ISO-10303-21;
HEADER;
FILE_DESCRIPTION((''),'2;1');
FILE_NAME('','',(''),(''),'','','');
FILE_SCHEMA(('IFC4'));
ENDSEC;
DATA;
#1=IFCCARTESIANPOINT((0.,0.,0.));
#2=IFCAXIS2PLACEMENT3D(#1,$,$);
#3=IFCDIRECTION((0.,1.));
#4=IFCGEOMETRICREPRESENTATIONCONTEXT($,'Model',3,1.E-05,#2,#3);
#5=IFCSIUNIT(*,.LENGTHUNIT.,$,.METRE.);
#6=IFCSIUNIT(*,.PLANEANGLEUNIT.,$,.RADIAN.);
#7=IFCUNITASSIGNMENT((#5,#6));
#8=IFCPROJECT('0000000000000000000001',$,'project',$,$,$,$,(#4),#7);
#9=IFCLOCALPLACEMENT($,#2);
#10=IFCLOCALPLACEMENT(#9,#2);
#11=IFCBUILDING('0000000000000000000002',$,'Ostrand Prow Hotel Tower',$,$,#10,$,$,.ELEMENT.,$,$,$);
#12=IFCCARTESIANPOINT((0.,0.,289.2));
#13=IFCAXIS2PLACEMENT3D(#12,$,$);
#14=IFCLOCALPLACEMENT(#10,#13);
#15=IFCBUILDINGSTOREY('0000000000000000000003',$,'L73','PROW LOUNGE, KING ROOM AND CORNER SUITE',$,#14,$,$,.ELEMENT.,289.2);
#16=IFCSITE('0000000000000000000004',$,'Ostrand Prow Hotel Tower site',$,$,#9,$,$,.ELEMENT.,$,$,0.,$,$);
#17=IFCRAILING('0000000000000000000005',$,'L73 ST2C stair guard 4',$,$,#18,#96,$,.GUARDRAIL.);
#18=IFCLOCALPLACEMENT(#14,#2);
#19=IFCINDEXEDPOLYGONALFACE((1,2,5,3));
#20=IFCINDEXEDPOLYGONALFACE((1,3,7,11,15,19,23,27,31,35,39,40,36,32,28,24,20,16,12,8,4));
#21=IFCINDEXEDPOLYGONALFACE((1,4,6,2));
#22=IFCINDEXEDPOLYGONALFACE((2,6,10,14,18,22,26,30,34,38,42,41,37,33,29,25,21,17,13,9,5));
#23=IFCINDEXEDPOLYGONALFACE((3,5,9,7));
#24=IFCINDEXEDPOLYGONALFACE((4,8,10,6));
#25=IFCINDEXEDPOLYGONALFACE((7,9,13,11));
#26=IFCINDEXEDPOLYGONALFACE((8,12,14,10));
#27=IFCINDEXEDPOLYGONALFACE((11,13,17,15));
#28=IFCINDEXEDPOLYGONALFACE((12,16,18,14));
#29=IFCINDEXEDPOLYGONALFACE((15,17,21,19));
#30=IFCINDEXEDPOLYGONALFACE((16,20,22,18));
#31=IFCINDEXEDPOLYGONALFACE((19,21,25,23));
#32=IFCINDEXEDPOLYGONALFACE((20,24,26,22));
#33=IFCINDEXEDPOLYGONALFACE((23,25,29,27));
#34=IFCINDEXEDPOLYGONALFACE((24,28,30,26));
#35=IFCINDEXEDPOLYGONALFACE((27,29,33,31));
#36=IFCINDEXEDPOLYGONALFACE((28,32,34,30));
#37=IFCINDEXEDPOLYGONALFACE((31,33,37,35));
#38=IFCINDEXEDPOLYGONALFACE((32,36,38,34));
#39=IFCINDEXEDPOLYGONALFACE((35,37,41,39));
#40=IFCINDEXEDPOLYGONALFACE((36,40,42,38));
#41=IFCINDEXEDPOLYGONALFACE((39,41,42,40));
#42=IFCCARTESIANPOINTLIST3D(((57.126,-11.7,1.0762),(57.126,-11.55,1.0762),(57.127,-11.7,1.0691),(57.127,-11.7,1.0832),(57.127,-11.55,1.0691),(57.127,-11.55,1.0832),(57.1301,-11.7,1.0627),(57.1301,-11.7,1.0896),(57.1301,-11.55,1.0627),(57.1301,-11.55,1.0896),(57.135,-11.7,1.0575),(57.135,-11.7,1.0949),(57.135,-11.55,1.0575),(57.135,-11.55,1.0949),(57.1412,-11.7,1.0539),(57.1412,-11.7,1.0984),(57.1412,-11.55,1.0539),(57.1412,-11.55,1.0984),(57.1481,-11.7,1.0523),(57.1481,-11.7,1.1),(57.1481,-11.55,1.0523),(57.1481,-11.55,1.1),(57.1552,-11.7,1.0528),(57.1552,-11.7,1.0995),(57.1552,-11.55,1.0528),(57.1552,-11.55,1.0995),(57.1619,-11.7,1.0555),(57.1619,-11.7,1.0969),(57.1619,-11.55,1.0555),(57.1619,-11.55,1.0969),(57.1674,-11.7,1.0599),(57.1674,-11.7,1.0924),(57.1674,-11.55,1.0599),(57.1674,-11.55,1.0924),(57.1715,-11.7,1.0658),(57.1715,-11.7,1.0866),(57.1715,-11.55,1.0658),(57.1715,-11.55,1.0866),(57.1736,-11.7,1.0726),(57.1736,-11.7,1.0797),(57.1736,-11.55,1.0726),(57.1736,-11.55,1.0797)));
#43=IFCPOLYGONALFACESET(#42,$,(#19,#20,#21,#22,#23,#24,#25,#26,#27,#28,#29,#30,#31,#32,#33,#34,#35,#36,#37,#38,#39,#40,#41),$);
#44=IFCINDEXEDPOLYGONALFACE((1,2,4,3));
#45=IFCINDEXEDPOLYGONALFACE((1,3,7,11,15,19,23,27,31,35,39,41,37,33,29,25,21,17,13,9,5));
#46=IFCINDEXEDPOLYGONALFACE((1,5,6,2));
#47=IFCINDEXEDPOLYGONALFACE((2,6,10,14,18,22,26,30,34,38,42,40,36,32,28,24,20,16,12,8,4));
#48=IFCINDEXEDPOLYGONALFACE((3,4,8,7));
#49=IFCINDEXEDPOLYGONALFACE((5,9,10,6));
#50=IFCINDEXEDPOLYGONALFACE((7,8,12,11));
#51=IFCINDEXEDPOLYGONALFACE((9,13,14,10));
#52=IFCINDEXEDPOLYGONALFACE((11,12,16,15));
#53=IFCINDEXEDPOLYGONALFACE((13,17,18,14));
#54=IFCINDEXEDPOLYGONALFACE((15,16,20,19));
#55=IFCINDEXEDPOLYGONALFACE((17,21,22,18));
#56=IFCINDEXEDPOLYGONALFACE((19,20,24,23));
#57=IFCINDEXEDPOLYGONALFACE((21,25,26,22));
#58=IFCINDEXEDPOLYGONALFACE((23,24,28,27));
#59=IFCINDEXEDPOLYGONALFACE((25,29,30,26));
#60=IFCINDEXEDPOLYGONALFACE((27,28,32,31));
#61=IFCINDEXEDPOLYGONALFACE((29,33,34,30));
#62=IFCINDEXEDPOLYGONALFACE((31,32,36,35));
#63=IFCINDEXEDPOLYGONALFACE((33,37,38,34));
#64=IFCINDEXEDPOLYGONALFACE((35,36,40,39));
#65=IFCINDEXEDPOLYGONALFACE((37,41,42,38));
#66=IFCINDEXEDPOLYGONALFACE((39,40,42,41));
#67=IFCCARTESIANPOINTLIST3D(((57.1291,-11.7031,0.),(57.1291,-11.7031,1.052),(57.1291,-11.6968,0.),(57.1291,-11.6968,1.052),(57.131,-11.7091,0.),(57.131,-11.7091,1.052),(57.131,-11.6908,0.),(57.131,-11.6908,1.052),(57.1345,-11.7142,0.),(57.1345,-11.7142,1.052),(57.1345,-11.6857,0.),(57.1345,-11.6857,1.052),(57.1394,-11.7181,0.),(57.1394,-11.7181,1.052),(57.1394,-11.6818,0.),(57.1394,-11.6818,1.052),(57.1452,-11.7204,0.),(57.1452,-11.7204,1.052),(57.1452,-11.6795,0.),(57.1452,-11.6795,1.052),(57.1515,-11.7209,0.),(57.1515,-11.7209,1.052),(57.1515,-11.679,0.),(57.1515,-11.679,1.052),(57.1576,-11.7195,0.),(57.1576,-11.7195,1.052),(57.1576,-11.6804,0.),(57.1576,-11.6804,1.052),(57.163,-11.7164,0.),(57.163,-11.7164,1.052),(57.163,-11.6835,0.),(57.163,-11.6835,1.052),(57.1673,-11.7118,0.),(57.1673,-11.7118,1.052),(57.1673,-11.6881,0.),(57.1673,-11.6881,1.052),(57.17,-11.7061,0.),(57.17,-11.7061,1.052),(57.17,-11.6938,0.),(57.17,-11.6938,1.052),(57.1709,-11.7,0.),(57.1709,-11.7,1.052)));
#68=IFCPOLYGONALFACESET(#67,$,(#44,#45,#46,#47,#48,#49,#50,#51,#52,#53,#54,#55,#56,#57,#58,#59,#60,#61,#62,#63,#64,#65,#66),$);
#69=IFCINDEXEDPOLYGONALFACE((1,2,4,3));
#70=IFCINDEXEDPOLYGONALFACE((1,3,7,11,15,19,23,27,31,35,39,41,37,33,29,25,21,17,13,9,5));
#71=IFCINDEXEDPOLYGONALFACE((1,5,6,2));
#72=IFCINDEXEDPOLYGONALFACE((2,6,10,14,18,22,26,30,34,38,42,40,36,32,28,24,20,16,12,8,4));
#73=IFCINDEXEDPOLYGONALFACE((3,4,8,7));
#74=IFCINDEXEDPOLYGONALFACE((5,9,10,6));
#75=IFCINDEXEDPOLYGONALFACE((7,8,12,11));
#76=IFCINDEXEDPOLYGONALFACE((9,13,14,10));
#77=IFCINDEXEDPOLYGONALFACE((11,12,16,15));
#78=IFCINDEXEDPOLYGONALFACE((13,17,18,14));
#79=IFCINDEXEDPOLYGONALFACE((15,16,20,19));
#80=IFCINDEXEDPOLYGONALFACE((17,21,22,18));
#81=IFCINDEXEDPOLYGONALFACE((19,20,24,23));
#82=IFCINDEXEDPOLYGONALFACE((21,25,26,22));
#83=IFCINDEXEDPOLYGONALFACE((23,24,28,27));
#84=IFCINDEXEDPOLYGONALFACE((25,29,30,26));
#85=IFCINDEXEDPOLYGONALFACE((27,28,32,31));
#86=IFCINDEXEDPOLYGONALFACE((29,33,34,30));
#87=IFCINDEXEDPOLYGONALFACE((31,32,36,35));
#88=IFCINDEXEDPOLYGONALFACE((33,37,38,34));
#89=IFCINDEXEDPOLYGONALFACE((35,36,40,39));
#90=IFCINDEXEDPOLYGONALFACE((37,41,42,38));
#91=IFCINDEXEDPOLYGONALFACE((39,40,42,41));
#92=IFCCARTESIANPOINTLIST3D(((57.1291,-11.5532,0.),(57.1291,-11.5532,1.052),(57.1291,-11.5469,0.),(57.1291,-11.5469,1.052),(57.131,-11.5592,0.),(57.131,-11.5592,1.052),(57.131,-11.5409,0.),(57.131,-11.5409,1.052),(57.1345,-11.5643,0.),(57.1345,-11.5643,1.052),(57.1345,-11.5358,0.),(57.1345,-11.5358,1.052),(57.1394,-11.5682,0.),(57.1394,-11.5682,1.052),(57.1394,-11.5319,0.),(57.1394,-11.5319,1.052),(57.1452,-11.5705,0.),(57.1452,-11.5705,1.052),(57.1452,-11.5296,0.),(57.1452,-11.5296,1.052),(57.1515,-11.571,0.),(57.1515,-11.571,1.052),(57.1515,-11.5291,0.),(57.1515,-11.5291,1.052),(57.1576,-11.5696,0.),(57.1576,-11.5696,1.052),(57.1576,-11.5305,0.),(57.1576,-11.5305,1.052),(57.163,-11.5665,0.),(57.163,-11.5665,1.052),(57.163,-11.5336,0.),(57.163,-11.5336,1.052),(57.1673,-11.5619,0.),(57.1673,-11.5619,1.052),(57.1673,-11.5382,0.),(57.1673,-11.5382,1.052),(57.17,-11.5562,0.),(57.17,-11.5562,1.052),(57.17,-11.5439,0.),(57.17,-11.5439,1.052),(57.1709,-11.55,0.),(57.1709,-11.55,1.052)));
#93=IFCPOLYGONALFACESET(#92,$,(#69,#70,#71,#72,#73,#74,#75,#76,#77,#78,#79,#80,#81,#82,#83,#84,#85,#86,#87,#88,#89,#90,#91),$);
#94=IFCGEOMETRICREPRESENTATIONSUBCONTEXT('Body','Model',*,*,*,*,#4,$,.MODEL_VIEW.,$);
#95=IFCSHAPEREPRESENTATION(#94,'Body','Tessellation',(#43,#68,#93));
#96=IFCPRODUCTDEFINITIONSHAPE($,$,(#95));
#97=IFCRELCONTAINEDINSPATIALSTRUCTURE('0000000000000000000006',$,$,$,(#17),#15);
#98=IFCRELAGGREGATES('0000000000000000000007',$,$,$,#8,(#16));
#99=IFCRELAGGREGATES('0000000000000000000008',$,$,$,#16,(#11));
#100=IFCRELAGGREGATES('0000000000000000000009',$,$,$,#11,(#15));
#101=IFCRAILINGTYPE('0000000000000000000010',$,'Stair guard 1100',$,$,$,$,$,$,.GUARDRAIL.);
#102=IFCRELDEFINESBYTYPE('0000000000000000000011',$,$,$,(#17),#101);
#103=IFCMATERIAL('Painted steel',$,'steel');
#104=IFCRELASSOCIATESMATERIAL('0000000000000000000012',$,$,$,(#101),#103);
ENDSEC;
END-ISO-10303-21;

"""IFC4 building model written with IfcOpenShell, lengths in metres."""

from ifc_helpers import new_model, si_unit, direction, frame, origin, origin_2d, place, context, subcontext, project, spatial, circle, extrude, material, type_object, element, save


model = new_model("IFC4")

# Units and contexts
model_context = context("Model", 3, precision=1e-05, world=origin(), true_north=direction((0.0, 1.0)))
body_context = subcontext(model_context, "Body", "Model", "MODEL_VIEW")
ifc_project = project(units=[si_unit("LENGTHUNIT", "METRE"), si_unit("PLANEANGLEUNIT", "RADIAN")], contexts=[model_context])

# Site, building, storey
site_placement = place(None, origin())
site = spatial("IfcSite", under=ifc_project, at=site_placement, Name="Ostrand Prow Hotel Tower site", CompositionType="ELEMENT", RefElevation=0.0)
building_placement = place(site_placement, origin())
building = spatial("IfcBuilding", under=site, at=building_placement, Name="Ostrand Prow Hotel Tower", CompositionType="ELEMENT")
storey_placement = place(building_placement, frame((0.0, 0.0, 289.2)))
storey = spatial("IfcBuildingStorey", under=building, at=storey_placement, Name="L73", Description="PROW LOUNGE, KING ROOM AND CORNER SUITE", CompositionType="ELEMENT", Elevation=289.2)

# Railing
ifc_material_1 = material(Name="Painted steel", Category="steel")
railing_type_1 = type_object("IfcRailingType", Name="Stair guard 1100", PredefinedType="GUARDRAIL", material=ifc_material_1)
railing_1_placement = place(storey_placement, frame((57.1499, -11.7, 0.0)))
element("IfcRailing", 1, at=railing_1_placement, inside=storey, type_object=railing_type_1, Name="L73 ST2C stair guard 4", PredefinedType="GUARDRAIL", context=body_context, shape_type="SweptSolid", body=[
    extrude(circle(Radius=0.0239, at=origin_2d()), frame((0.0, 0.0, 1.0762), z_axis=(0.0, 1.0, 0.0), x_axis=(-1.0, 0.0, 0.0)), (0.0, 0.0, 1.0), 0.1499),
    extrude(circle(Radius=0.021, at=origin_2d()), origin(), (0.0, 0.0, 1.0), 1.052),
    extrude(circle(Radius=0.021, at=origin_2d()), frame((0.0, 0.1499, 0.0)), (0.0, 0.0, 1.0), 1.052),
])

save(model, "model.ifc")
